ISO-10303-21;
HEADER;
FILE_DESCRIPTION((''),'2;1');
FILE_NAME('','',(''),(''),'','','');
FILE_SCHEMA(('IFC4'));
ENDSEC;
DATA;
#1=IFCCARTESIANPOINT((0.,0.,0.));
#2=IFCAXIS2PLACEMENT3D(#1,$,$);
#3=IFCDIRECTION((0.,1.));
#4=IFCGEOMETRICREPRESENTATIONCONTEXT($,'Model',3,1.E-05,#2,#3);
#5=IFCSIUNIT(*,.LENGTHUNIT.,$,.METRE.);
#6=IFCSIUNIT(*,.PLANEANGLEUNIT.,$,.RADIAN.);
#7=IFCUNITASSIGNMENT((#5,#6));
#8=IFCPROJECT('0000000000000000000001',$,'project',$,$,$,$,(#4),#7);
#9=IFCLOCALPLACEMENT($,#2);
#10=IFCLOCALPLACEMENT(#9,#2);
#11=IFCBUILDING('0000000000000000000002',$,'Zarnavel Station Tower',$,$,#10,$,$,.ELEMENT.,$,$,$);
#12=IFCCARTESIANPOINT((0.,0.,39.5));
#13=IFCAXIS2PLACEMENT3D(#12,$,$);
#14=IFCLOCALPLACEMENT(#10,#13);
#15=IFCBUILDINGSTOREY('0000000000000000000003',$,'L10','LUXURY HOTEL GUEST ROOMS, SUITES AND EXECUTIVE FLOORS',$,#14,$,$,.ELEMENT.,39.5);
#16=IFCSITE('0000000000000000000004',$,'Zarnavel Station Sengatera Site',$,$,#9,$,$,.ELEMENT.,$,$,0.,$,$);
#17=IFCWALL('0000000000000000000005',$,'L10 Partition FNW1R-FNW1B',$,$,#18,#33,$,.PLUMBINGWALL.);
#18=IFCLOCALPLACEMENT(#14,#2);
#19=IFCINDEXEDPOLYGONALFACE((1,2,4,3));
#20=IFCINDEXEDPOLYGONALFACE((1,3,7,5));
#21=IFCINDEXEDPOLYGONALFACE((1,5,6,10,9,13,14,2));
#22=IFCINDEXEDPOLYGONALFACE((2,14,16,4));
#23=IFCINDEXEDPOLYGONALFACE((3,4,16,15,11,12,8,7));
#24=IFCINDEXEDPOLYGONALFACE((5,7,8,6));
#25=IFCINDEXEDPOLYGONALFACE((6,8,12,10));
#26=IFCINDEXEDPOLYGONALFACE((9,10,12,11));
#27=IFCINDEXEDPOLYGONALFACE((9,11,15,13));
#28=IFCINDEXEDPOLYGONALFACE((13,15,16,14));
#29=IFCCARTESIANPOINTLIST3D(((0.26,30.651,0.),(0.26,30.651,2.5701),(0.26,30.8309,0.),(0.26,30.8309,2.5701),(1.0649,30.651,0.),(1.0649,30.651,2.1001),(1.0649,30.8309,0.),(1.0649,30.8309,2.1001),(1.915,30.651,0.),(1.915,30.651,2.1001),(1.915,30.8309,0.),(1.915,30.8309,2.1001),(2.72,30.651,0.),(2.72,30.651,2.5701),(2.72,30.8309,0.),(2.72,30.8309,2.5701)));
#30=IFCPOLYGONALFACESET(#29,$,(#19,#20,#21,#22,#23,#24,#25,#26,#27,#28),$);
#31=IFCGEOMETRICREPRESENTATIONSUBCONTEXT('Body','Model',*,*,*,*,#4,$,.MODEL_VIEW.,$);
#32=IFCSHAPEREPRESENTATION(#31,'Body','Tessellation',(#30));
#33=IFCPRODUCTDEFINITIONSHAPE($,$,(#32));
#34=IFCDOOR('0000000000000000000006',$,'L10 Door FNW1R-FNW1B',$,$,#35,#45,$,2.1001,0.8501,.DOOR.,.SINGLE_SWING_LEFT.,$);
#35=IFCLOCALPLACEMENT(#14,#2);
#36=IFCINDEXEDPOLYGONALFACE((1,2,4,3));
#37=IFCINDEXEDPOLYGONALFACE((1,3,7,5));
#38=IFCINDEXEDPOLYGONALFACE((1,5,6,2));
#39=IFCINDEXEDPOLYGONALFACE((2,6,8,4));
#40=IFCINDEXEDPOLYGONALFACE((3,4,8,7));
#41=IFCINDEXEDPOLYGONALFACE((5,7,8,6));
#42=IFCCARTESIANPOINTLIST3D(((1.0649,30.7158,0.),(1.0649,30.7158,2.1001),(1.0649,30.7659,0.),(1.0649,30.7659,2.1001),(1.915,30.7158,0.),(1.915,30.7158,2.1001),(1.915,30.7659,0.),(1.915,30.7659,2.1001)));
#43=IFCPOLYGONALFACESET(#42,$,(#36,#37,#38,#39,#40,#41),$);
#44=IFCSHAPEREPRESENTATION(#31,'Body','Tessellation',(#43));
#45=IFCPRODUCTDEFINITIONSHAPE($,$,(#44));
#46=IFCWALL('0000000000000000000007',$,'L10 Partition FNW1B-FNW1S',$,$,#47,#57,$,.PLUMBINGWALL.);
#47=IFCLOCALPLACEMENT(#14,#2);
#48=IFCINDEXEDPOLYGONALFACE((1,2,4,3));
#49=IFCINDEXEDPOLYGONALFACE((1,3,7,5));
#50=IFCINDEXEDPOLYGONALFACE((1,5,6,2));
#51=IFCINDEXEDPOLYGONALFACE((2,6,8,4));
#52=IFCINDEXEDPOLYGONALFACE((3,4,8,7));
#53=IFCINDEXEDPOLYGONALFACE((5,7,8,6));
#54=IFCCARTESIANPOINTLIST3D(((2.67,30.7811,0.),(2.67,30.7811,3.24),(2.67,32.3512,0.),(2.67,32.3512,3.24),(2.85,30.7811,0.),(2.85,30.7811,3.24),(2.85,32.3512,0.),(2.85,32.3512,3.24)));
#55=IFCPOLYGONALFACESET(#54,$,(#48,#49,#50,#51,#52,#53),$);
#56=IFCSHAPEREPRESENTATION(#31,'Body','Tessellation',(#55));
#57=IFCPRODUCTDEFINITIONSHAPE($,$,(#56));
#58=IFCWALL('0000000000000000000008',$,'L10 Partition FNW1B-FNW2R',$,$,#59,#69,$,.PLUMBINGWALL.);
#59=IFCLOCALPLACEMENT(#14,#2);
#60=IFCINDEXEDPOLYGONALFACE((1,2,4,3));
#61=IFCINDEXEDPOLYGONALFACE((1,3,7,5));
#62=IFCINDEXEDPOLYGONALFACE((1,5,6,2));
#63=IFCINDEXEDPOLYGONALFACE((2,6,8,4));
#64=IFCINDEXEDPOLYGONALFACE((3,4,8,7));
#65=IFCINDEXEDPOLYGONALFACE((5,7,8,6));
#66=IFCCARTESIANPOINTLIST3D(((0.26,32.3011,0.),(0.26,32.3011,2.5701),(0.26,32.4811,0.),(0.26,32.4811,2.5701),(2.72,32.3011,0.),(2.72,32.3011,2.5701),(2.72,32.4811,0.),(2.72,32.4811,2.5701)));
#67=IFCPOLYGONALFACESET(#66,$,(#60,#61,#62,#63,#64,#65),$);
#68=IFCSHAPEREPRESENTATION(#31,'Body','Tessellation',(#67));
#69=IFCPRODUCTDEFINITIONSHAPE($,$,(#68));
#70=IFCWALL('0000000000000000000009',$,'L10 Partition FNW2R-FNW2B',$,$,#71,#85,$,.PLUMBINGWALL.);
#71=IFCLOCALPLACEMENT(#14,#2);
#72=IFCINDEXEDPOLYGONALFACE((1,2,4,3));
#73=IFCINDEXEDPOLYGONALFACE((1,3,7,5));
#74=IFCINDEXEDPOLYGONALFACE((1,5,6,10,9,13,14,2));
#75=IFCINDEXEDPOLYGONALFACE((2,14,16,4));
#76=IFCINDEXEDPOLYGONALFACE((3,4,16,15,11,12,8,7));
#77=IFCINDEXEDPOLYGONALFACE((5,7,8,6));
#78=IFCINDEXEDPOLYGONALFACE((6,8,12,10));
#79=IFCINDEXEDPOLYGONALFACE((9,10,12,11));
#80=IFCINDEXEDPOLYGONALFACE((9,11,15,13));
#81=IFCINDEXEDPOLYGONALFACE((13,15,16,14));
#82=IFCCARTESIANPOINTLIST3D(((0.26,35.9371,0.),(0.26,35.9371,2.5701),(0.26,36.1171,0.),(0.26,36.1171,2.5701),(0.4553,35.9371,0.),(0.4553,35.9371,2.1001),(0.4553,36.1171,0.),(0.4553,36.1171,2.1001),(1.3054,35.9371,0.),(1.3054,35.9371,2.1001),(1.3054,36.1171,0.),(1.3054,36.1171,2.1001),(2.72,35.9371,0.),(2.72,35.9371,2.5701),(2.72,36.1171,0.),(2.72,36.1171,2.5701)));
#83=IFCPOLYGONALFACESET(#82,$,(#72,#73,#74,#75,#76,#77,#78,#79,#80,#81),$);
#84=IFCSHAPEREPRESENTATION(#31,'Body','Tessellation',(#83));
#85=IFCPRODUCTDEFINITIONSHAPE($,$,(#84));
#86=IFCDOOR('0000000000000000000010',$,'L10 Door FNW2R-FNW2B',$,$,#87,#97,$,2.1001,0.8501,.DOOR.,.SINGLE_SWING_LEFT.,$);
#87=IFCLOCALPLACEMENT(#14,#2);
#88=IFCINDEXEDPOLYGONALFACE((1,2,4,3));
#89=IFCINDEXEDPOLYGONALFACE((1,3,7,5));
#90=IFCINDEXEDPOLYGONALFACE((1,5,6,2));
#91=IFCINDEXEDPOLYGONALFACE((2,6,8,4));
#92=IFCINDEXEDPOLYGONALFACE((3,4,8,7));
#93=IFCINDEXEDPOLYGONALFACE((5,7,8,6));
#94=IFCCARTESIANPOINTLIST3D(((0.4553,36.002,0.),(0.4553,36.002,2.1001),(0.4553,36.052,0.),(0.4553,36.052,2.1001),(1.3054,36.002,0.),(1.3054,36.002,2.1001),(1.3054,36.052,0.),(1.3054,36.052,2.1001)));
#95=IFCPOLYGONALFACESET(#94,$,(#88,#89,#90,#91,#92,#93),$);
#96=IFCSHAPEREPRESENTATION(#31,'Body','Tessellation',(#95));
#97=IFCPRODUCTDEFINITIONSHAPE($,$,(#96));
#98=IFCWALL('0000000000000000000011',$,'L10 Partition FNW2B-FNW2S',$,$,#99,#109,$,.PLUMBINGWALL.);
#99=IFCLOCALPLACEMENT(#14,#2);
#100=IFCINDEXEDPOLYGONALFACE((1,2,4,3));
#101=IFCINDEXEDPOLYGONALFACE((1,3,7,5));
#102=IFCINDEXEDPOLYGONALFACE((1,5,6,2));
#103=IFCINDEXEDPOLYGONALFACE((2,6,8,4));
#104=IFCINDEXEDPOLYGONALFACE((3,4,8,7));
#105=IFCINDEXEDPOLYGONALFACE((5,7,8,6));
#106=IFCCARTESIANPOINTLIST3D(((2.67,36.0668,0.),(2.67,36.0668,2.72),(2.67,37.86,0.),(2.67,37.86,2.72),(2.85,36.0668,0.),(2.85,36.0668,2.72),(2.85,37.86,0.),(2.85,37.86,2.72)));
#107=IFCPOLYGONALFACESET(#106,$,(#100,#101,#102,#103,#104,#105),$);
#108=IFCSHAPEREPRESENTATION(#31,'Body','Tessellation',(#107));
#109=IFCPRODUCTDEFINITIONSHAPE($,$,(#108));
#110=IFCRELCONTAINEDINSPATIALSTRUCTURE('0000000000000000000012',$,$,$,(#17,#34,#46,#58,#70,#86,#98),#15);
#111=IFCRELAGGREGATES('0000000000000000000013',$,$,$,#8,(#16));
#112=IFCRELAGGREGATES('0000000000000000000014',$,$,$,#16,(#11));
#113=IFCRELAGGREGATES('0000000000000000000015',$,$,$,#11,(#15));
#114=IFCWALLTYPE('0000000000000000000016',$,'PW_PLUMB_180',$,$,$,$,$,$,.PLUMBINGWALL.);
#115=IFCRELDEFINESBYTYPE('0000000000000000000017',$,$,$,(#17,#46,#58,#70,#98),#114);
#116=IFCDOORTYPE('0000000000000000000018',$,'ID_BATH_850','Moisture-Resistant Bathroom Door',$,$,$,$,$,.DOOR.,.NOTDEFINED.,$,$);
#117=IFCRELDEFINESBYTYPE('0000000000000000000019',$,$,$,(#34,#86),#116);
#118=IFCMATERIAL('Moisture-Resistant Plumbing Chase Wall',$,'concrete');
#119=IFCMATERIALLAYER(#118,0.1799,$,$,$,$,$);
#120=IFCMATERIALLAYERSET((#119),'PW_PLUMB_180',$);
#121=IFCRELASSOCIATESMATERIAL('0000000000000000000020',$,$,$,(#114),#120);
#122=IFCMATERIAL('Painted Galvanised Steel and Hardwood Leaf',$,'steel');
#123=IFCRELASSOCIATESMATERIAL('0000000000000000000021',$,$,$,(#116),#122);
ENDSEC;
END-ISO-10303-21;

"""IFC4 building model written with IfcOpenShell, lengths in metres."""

from ifc_helpers import new_model, si_unit, direction, frame, frame_2d, origin, place, context, subcontext, project, spatial, rectangle, extrude, material, layer, layer_set, type_object, element, fill, save


model = new_model("IFC4")

# Units and contexts
model_context = context("Model", 3, precision=1e-05, world=origin(), true_north=direction((0.0, 1.0)))
body_context = subcontext(model_context, "Body", "Model", "MODEL_VIEW")
ifc_project = project(units=[si_unit("LENGTHUNIT", "METRE"), si_unit("PLANEANGLEUNIT", "RADIAN")], contexts=[model_context])

# Site, building, storey
site_placement = place(None, origin())
site = spatial("IfcSite", under=ifc_project, at=site_placement, Name="Zarnavel Station Sengatera Site", CompositionType="ELEMENT", RefElevation=0.0)
building_placement = place(site_placement, origin())
building = spatial("IfcBuilding", under=site, at=building_placement, Name="Zarnavel Station Tower", CompositionType="ELEMENT")
storey_placement = place(building_placement, frame((0.0, 0.0, 39.5)))
storey = spatial("IfcBuildingStorey", under=building, at=storey_placement, Name="L10", Description="LUXURY HOTEL GUEST ROOMS, SUITES AND EXECUTIVE FLOORS", CompositionType="ELEMENT", Elevation=39.5)

# Wall, opening, door
ifc_material_1 = material(Name="Moisture-Resistant Plumbing Chase Wall", Category="concrete")
ifc_layer_1 = layer(ifc_material_1, 0.1799)
ifc_layer_set_1 = layer_set([ifc_layer_1], Name="PW_PLUMB_180")
wall_type_1 = type_object("IfcWallType", Name="PW_PLUMB_180", PredefinedType="PLUMBINGWALL", material=ifc_layer_set_1)
wall_1_placement = place(storey_placement, frame((0.26, 30.741, 0.0), z_axis=(0.0, 0.0, 1.0), x_axis=(1.0, 0.0, 0.0)))
wall_1 = element("IfcWall", 1, at=wall_1_placement, inside=storey, type_object=wall_type_1, Name="L10 Partition FNW1R-FNW1B", PredefinedType="PLUMBINGWALL", context=body_context, shape_type="SweptSolid", body=[
    extrude(rectangle(XDim=2.46, YDim=0.1799, at=frame_2d((1.23, 0.0))), origin(), (0.0, 0.0, 1.0), 2.5701),
])
opening_1_placement = place(wall_1_placement, frame((0.8049, 0.0, 0.0)))
opening_1 = element("IfcOpeningElement", 2, at=opening_1_placement, cuts=wall_1, PredefinedType="OPENING", context=body_context, shape_type="SweptSolid", body=[
    extrude(rectangle(XDim=0.8501, YDim=2.1001, at=frame_2d((0.425, 1.05))), frame((0.0, 0.0999, 0.0), z_axis=(0.0, -1.0, 0.0), x_axis=(1.0, 0.0, 0.0)), (0.0, 0.0, 1.0), 0.2),
])
ifc_material_2 = material(Name="Painted Galvanised Steel and Hardwood Leaf", Category="steel")
door_type_1 = type_object("IfcDoorType", Name="ID_BATH_850", Description="Moisture-Resistant Bathroom Door", OperationType="NOTDEFINED", PredefinedType="DOOR", material=ifc_material_2)
door_1_placement = place(opening_1_placement, origin())
door_1 = element("IfcDoor", 3, at=door_1_placement, inside=storey, type_object=door_type_1, Name="L10 Door FNW1R-FNW1B", OperationType="SINGLE_SWING_LEFT", OverallHeight=2.1001, OverallWidth=0.8501, PredefinedType="DOOR", context=body_context, shape_type="SweptSolid", body=[
    extrude(rectangle(XDim=0.8501, YDim=2.1001, at=frame_2d((0.425, 1.05))), frame((0.0, 0.0249, 0.0), z_axis=(0.0, -1.0, 0.0), x_axis=(1.0, 0.0, 0.0)), (0.0, 0.0, 1.0), 0.05),
])
fill(opening_1, door_1)

# Walls
wall_2_placement = place(storey_placement, frame((2.76, 30.781, 0.0), z_axis=(0.0, 0.0, 1.0), x_axis=(0.0, 1.0, 0.0)))
element("IfcWall", 4, at=wall_2_placement, inside=storey, type_object=wall_type_1, Name="L10 Partition FNW1B-FNW1S", PredefinedType="PLUMBINGWALL", context=body_context, shape_type="SweptSolid", body=[
    extrude(rectangle(XDim=1.5701, YDim=0.1799, at=frame_2d((0.7852, 0.0))), origin(), (0.0, 0.0, 1.0), 3.24),
])
wall_3_placement = place(storey_placement, frame((0.26, 32.3911, 0.0), z_axis=(0.0, 0.0, 1.0), x_axis=(1.0, 0.0, 0.0)))
element("IfcWall", 5, at=wall_3_placement, inside=storey, type_object=wall_type_1, Name="L10 Partition FNW1B-FNW2R", PredefinedType="PLUMBINGWALL", context=body_context, shape_type="SweptSolid", body=[
    extrude(rectangle(XDim=2.46, YDim=0.1799, at=frame_2d((1.23, 0.0))), origin(), (0.0, 0.0, 1.0), 2.5701),
])

# Wall, opening, door
wall_4_placement = place(storey_placement, frame((0.26, 36.0271, 0.0), z_axis=(0.0, 0.0, 1.0), x_axis=(1.0, 0.0, 0.0)))
wall_4 = element("IfcWall", 6, at=wall_4_placement, inside=storey, type_object=wall_type_1, Name="L10 Partition FNW2R-FNW2B", PredefinedType="PLUMBINGWALL", context=body_context, shape_type="SweptSolid", body=[
    extrude(rectangle(XDim=2.46, YDim=0.1799, at=frame_2d((1.23, 0.0))), origin(), (0.0, 0.0, 1.0), 2.5701),
])
opening_2_placement = place(wall_4_placement, frame((0.1953, 0.0, 0.0)))
opening_2 = element("IfcOpeningElement", 7, at=opening_2_placement, cuts=wall_4, PredefinedType="OPENING", context=body_context, shape_type="SweptSolid", body=[
    extrude(rectangle(XDim=0.8501, YDim=2.1001, at=frame_2d((0.425, 1.05))), frame((0.0, 0.0999, 0.0), z_axis=(0.0, -1.0, 0.0), x_axis=(1.0, 0.0, 0.0)), (0.0, 0.0, 1.0), 0.2),
])
door_2_placement = place(opening_2_placement, origin())
door_2 = element("IfcDoor", 8, at=door_2_placement, inside=storey, type_object=door_type_1, Name="L10 Door FNW2R-FNW2B", OperationType="SINGLE_SWING_LEFT", OverallHeight=2.1001, OverallWidth=0.8501, PredefinedType="DOOR", context=body_context, shape_type="SweptSolid", body=[
    extrude(rectangle(XDim=0.8501, YDim=2.1001, at=frame_2d((0.425, 1.05))), frame((0.0, 0.0249, 0.0), z_axis=(0.0, -1.0, 0.0), x_axis=(1.0, 0.0, 0.0)), (0.0, 0.0, 1.0), 0.05),
])
fill(opening_2, door_2)

# Wall
wall_5_placement = place(storey_placement, frame((2.76, 36.0669, 0.0), z_axis=(0.0, 0.0, 1.0), x_axis=(0.0, 1.0, 0.0)))
element("IfcWall", 9, at=wall_5_placement, inside=storey, type_object=wall_type_1, Name="L10 Partition FNW2B-FNW2S", PredefinedType="PLUMBINGWALL", context=body_context, shape_type="SweptSolid", body=[
    extrude(rectangle(XDim=1.7932, YDim=0.1799, at=frame_2d((0.8965, 0.0))), origin(), (0.0, 0.0, 1.0), 2.72),
])

save(model, "model.ifc")
